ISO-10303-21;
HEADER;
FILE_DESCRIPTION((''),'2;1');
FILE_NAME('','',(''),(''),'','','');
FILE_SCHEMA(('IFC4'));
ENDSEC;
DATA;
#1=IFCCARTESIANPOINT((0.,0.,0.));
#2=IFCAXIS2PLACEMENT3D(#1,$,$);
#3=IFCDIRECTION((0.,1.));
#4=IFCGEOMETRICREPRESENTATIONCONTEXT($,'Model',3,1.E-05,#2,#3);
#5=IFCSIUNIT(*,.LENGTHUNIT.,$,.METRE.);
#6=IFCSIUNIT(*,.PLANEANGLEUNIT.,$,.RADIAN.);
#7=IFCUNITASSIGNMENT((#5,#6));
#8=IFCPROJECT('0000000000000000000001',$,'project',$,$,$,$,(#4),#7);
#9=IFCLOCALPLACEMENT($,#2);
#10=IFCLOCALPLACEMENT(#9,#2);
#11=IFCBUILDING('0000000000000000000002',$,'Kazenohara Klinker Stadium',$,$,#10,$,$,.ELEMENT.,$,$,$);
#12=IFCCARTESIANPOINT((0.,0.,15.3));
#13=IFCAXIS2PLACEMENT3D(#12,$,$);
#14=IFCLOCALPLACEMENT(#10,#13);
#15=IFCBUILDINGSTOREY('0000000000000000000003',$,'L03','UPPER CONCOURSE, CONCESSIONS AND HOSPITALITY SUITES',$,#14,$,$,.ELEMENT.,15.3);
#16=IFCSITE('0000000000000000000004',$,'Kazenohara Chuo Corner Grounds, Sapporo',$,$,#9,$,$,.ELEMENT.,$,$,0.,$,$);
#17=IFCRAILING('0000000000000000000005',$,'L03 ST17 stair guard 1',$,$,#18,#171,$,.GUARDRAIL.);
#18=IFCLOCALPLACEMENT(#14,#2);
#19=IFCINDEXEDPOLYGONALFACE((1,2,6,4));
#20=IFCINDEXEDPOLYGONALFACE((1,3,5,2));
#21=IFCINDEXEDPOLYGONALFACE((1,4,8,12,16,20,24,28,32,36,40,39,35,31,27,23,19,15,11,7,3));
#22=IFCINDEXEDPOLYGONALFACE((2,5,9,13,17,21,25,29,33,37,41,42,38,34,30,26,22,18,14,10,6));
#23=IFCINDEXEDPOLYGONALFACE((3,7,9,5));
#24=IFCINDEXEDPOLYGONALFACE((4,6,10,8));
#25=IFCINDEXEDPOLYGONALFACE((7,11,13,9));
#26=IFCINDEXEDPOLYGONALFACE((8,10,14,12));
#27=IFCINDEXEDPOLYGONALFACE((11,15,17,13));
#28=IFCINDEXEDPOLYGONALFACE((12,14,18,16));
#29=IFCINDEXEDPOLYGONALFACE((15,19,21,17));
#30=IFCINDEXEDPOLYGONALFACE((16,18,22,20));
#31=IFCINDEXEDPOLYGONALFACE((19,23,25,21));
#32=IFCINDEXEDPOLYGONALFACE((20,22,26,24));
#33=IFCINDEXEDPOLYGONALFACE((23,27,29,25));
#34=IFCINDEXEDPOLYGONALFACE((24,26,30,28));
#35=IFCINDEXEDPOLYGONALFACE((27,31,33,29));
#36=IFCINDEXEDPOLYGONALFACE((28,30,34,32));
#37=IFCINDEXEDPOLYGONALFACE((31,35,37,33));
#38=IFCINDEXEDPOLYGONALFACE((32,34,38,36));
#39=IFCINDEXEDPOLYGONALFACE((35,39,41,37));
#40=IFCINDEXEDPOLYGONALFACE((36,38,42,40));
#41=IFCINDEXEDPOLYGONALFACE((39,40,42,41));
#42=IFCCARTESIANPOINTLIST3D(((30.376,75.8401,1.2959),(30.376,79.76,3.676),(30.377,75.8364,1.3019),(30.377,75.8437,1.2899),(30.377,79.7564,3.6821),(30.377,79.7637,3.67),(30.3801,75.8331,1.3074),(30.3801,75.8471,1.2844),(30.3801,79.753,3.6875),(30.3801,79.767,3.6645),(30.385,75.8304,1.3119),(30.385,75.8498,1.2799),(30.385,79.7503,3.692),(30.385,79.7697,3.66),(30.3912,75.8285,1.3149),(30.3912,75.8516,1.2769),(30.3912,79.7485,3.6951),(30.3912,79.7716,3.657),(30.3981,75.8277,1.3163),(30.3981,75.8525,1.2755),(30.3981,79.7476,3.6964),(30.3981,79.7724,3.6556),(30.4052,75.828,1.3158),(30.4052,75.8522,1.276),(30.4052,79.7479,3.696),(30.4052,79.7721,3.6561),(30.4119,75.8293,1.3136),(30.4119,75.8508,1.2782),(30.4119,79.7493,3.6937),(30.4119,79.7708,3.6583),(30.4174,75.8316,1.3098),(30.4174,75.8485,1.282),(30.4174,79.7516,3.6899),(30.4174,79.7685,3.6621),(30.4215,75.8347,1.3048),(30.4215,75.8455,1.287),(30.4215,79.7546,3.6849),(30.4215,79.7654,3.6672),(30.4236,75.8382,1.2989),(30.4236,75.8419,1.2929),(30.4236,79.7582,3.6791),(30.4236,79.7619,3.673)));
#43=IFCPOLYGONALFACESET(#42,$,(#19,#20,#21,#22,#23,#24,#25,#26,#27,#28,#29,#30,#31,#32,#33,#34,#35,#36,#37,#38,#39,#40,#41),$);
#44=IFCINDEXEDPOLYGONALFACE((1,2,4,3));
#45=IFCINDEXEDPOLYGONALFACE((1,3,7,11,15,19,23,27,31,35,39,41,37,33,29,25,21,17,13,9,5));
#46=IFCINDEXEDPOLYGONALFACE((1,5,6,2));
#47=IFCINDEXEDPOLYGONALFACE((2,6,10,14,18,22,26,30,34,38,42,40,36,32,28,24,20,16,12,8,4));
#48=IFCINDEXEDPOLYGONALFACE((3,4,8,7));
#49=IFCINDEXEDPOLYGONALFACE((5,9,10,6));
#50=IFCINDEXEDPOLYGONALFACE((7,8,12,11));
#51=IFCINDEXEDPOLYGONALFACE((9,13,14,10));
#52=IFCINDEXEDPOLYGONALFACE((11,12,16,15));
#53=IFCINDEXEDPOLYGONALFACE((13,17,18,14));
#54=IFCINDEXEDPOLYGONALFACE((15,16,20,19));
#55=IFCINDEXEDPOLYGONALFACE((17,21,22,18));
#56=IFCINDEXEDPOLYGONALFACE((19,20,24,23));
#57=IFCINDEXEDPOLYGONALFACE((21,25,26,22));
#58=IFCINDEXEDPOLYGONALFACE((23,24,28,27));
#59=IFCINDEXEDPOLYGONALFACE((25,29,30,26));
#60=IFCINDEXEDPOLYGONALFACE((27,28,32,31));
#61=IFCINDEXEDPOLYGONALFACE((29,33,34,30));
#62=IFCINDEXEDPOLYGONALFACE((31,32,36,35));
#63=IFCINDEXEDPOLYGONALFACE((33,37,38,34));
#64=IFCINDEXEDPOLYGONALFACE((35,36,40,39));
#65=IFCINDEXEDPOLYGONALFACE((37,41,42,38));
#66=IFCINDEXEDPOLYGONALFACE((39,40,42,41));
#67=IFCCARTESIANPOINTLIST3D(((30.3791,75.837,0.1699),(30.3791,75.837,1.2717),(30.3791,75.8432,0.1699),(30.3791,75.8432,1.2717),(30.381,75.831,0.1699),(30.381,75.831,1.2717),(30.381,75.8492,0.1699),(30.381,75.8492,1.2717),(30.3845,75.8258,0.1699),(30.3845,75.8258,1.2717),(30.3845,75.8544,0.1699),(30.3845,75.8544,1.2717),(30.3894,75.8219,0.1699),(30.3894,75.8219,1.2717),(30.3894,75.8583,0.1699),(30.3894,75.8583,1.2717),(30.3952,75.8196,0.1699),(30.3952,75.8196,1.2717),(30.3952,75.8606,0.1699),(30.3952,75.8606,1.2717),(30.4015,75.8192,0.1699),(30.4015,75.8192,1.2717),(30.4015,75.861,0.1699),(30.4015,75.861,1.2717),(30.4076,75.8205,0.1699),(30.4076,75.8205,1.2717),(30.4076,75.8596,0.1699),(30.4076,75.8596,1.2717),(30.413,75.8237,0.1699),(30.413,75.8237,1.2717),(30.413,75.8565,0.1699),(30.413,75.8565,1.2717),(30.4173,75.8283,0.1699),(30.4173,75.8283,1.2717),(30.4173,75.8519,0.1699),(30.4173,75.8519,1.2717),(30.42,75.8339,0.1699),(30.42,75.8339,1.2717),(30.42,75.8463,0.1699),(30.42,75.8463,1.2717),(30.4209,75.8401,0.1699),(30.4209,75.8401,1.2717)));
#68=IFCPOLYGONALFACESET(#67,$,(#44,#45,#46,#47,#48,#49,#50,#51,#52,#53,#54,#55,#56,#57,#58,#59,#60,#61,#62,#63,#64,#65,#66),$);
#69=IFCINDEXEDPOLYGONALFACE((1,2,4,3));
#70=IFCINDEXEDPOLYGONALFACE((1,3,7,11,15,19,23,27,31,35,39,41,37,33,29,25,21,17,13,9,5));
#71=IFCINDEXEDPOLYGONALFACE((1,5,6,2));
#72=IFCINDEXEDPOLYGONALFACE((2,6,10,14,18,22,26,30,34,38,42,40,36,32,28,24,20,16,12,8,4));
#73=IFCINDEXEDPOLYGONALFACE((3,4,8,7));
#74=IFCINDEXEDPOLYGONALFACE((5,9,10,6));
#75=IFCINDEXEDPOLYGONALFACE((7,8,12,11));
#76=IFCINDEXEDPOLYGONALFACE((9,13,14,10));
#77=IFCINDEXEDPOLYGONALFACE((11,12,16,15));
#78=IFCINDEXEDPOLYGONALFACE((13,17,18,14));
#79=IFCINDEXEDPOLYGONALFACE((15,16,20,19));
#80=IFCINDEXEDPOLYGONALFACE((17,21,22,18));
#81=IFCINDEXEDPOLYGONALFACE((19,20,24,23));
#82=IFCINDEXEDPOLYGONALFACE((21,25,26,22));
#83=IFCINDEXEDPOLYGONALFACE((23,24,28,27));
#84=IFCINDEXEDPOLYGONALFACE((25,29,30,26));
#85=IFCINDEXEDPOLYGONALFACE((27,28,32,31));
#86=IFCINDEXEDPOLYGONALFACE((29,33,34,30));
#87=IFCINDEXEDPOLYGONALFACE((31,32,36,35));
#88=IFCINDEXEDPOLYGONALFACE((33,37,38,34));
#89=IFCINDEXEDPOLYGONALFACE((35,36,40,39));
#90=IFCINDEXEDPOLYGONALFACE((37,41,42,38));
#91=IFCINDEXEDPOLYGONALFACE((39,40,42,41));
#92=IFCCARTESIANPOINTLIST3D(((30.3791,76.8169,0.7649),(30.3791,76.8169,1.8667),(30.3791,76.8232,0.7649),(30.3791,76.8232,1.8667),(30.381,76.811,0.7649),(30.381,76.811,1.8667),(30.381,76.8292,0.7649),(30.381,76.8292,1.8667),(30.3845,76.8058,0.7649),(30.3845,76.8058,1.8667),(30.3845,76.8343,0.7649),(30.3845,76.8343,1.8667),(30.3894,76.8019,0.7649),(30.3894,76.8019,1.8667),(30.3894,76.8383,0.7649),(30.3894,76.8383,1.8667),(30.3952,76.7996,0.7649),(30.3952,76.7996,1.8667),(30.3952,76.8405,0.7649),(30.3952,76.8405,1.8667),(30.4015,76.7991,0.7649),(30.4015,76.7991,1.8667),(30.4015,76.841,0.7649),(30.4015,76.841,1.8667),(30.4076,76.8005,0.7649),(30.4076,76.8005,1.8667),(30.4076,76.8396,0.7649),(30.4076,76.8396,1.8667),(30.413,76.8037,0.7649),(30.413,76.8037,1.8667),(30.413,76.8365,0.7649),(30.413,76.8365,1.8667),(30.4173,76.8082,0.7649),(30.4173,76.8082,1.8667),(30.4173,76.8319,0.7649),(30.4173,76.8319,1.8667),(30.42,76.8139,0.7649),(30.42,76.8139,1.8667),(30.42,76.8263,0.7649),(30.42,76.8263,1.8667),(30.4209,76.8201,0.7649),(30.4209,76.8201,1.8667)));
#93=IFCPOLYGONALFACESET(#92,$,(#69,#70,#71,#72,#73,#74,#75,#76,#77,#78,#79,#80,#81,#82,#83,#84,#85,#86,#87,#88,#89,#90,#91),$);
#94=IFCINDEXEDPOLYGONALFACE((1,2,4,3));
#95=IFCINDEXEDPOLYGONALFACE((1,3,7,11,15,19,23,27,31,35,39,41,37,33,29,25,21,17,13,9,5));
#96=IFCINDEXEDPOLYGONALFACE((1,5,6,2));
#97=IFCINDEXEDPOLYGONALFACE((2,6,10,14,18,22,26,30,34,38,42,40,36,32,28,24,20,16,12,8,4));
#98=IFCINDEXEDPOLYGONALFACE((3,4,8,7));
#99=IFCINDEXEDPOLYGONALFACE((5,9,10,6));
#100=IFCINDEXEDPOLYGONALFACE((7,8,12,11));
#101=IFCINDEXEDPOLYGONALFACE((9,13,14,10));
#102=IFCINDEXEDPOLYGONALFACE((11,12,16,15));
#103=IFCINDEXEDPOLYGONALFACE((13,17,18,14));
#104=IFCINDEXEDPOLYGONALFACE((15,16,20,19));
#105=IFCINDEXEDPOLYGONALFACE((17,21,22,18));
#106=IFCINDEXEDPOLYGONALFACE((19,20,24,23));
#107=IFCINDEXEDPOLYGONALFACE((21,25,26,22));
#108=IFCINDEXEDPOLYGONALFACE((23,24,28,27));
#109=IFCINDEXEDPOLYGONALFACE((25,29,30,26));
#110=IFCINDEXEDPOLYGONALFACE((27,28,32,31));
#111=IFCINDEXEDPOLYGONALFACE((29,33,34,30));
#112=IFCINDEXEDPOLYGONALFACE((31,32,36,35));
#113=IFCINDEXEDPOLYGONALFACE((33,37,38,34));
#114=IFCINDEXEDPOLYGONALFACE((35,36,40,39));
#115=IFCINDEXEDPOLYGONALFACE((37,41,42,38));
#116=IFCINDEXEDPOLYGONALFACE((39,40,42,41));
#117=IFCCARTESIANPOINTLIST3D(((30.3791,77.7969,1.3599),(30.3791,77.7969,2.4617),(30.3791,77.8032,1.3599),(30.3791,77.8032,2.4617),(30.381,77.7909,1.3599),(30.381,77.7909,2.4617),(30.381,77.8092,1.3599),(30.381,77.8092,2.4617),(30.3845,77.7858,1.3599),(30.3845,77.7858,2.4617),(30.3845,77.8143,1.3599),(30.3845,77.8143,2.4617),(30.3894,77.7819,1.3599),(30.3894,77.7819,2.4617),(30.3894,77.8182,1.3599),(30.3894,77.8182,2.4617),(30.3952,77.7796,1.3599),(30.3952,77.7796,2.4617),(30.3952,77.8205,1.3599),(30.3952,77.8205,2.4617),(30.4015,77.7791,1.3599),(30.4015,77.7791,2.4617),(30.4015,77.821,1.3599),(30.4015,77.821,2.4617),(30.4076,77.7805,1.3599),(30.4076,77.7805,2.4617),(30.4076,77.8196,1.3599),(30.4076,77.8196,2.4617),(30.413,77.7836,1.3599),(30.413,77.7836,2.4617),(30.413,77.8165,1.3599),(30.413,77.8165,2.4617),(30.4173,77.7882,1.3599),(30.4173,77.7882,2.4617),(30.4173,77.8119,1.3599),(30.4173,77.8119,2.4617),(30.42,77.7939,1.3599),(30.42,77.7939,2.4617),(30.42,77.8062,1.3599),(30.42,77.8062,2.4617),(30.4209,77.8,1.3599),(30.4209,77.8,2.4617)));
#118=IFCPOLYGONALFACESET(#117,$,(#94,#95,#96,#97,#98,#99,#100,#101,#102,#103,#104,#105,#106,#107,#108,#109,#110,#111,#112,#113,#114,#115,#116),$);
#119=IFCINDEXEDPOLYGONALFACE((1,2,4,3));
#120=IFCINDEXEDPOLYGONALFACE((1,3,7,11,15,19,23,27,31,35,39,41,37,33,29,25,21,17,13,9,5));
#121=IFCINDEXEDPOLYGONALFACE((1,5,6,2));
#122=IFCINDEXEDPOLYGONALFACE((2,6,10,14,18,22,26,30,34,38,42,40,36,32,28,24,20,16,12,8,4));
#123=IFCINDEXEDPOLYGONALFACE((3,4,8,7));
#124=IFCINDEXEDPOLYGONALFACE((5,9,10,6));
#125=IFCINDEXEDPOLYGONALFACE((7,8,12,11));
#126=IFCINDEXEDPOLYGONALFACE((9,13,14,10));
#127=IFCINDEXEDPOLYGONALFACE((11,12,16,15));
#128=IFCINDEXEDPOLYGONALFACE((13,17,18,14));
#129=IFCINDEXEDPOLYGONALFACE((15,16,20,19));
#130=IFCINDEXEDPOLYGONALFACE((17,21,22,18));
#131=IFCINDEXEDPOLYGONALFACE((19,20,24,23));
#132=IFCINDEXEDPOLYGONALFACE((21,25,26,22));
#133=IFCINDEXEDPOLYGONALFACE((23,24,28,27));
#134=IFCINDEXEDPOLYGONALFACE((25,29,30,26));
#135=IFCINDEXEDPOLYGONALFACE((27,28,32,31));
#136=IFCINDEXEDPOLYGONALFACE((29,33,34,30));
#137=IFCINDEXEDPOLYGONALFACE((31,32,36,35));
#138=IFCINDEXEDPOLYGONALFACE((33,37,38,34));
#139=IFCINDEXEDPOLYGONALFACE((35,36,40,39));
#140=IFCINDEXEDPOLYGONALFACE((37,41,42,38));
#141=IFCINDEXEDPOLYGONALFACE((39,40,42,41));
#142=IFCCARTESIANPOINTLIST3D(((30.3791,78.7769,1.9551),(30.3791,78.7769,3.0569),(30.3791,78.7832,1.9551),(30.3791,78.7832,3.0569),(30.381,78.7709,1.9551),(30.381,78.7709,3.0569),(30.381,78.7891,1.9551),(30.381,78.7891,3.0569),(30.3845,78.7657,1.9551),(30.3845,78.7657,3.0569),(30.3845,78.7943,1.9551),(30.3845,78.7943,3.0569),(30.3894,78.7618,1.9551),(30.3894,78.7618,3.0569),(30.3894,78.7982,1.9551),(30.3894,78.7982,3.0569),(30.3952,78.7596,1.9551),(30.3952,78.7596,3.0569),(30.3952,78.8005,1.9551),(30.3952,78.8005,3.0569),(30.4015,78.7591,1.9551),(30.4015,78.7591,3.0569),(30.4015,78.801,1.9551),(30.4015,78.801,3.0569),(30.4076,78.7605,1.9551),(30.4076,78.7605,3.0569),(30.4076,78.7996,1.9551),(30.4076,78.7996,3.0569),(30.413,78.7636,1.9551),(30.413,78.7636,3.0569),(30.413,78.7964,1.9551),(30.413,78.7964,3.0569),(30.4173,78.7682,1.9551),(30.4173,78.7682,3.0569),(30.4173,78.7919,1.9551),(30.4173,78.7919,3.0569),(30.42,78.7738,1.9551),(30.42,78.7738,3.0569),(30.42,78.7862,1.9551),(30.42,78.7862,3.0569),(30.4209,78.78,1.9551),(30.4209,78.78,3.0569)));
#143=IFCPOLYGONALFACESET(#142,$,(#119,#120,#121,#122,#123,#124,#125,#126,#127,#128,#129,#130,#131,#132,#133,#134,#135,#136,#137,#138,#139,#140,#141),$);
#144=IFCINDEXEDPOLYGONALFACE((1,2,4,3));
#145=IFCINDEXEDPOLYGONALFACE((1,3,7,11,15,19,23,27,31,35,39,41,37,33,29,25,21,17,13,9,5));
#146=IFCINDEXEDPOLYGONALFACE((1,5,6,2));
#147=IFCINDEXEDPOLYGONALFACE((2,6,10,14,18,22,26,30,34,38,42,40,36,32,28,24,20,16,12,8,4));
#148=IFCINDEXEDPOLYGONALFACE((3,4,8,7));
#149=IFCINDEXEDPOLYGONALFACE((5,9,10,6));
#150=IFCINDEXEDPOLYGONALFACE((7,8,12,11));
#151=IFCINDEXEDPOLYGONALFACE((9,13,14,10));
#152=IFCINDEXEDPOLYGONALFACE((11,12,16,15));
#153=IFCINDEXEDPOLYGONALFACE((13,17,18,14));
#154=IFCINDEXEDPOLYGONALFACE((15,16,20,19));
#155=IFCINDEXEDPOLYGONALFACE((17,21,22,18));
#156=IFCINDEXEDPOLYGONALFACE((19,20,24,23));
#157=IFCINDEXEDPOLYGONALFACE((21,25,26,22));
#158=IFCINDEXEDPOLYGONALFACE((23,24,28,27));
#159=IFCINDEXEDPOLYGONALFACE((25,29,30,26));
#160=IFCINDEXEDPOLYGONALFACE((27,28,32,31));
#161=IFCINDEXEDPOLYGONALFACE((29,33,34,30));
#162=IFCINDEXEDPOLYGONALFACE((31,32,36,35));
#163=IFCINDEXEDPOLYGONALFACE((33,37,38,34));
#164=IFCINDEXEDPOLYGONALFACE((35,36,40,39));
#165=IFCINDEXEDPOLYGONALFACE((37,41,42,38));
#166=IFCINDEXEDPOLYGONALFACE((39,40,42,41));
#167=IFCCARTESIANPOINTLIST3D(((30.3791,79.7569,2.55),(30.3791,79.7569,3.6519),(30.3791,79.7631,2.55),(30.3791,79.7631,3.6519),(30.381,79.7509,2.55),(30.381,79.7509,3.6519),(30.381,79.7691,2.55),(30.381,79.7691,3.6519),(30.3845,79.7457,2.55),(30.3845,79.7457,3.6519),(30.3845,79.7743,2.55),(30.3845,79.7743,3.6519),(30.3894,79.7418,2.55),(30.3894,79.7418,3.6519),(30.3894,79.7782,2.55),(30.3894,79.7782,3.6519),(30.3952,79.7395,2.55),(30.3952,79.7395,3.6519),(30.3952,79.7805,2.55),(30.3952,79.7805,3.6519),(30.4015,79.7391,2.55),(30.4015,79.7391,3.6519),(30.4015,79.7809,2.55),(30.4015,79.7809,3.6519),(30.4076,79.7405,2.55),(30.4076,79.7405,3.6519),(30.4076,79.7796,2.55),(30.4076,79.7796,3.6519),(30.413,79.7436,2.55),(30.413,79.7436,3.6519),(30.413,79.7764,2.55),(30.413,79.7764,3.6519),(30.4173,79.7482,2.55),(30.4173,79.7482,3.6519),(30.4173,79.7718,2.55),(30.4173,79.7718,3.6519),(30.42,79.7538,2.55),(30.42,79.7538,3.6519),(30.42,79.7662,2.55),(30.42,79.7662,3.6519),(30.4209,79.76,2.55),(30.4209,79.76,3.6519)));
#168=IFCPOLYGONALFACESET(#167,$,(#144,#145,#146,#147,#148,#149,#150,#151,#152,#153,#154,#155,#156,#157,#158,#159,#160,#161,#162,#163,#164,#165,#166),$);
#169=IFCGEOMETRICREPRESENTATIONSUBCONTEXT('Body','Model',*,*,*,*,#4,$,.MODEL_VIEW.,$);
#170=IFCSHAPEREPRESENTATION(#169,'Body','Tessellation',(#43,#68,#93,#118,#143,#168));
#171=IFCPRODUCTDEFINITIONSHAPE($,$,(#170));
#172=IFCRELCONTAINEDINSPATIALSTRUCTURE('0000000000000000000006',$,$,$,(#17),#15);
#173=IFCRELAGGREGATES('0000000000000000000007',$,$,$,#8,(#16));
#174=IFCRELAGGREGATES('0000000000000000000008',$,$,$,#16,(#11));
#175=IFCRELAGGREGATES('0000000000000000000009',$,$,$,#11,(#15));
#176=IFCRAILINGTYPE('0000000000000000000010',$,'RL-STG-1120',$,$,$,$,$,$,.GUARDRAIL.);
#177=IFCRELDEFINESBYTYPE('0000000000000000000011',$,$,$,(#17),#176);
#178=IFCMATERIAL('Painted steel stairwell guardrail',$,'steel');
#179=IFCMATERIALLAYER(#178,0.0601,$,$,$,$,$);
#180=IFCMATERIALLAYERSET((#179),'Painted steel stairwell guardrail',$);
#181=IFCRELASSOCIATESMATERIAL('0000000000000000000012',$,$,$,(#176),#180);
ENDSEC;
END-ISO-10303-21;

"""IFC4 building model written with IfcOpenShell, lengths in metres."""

from ifc_helpers import new_model, si_unit, direction, frame, origin, origin_2d, place, context, subcontext, project, spatial, circle, extrude, material, layer, layer_set, type_object, element, save


model = new_model("IFC4")

# Units and contexts
model_context = context("Model", 3, precision=1e-05, world=origin(), true_north=direction((0.0, 1.0)))
body_context = subcontext(model_context, "Body", "Model", "MODEL_VIEW")
ifc_project = project(units=[si_unit("LENGTHUNIT", "METRE"), si_unit("PLANEANGLEUNIT", "RADIAN")], contexts=[model_context])

# Site, building, storey
site_placement = place(None, origin())
site = spatial("IfcSite", under=ifc_project, at=site_placement, Name="Kazenohara Chuo Corner Grounds, Sapporo", CompositionType="ELEMENT", RefElevation=0.0)
building_placement = place(site_placement, origin())
building = spatial("IfcBuilding", under=site, at=building_placement, Name="Kazenohara Klinker Stadium", CompositionType="ELEMENT")
storey_placement = place(building_placement, frame((0.0, 0.0, 15.3)))
storey = spatial("IfcBuildingStorey", under=building, at=storey_placement, Name="L03", Description="UPPER CONCOURSE, CONCESSIONS AND HOSPITALITY SUITES", CompositionType="ELEMENT", Elevation=15.3)

# Railing
ifc_material_1 = material(Name="Painted steel stairwell guardrail", Category="steel")
ifc_layer_1 = layer(ifc_material_1, 0.0601)
ifc_layer_set_1 = layer_set([ifc_layer_1], Name="Painted steel stairwell guardrail")
railing_type_1 = type_object("IfcRailingType", Name="RL-STG-1120", PredefinedType="GUARDRAIL", material=ifc_layer_set_1)
railing_1_placement = place(storey_placement, frame((30.3999, 75.8401, 0.1699)))
element("IfcRailing", 1, at=railing_1_placement, inside=storey, type_object=railing_type_1, Name="L03 ST17 stair guard 1", PredefinedType="GUARDRAIL", context=body_context, shape_type="SweptSolid", body=[
    extrude(circle(Radius=0.0239, at=origin_2d()), frame((0.0, 0.0, 1.126), z_axis=(0.0, 0.854771, 0.519006), x_axis=(-1.0, 0.0, 0.0)), (0.0, 0.0, 1.0), 4.5859),
    extrude(circle(Radius=0.021, at=origin_2d()), origin(), (0.0, 0.0, 1.0), 1.1018),
    extrude(circle(Radius=0.021, at=origin_2d()), frame((0.0, 0.98, 0.595)), (0.0, 0.0, 1.0), 1.1018),
    extrude(circle(Radius=0.021, at=origin_2d()), frame((0.0, 1.96, 1.1899)), (0.0, 0.0, 1.0), 1.1018),
    extrude(circle(Radius=0.021, at=origin_2d()), frame((0.0, 2.9399, 1.7852)), (0.0, 0.0, 1.0), 1.1018),
    extrude(circle(Radius=0.021, at=origin_2d()), frame((0.0, 3.9199, 2.3801)), (0.0, 0.0, 1.0), 1.1018),
])

save(model, "model.ifc")
